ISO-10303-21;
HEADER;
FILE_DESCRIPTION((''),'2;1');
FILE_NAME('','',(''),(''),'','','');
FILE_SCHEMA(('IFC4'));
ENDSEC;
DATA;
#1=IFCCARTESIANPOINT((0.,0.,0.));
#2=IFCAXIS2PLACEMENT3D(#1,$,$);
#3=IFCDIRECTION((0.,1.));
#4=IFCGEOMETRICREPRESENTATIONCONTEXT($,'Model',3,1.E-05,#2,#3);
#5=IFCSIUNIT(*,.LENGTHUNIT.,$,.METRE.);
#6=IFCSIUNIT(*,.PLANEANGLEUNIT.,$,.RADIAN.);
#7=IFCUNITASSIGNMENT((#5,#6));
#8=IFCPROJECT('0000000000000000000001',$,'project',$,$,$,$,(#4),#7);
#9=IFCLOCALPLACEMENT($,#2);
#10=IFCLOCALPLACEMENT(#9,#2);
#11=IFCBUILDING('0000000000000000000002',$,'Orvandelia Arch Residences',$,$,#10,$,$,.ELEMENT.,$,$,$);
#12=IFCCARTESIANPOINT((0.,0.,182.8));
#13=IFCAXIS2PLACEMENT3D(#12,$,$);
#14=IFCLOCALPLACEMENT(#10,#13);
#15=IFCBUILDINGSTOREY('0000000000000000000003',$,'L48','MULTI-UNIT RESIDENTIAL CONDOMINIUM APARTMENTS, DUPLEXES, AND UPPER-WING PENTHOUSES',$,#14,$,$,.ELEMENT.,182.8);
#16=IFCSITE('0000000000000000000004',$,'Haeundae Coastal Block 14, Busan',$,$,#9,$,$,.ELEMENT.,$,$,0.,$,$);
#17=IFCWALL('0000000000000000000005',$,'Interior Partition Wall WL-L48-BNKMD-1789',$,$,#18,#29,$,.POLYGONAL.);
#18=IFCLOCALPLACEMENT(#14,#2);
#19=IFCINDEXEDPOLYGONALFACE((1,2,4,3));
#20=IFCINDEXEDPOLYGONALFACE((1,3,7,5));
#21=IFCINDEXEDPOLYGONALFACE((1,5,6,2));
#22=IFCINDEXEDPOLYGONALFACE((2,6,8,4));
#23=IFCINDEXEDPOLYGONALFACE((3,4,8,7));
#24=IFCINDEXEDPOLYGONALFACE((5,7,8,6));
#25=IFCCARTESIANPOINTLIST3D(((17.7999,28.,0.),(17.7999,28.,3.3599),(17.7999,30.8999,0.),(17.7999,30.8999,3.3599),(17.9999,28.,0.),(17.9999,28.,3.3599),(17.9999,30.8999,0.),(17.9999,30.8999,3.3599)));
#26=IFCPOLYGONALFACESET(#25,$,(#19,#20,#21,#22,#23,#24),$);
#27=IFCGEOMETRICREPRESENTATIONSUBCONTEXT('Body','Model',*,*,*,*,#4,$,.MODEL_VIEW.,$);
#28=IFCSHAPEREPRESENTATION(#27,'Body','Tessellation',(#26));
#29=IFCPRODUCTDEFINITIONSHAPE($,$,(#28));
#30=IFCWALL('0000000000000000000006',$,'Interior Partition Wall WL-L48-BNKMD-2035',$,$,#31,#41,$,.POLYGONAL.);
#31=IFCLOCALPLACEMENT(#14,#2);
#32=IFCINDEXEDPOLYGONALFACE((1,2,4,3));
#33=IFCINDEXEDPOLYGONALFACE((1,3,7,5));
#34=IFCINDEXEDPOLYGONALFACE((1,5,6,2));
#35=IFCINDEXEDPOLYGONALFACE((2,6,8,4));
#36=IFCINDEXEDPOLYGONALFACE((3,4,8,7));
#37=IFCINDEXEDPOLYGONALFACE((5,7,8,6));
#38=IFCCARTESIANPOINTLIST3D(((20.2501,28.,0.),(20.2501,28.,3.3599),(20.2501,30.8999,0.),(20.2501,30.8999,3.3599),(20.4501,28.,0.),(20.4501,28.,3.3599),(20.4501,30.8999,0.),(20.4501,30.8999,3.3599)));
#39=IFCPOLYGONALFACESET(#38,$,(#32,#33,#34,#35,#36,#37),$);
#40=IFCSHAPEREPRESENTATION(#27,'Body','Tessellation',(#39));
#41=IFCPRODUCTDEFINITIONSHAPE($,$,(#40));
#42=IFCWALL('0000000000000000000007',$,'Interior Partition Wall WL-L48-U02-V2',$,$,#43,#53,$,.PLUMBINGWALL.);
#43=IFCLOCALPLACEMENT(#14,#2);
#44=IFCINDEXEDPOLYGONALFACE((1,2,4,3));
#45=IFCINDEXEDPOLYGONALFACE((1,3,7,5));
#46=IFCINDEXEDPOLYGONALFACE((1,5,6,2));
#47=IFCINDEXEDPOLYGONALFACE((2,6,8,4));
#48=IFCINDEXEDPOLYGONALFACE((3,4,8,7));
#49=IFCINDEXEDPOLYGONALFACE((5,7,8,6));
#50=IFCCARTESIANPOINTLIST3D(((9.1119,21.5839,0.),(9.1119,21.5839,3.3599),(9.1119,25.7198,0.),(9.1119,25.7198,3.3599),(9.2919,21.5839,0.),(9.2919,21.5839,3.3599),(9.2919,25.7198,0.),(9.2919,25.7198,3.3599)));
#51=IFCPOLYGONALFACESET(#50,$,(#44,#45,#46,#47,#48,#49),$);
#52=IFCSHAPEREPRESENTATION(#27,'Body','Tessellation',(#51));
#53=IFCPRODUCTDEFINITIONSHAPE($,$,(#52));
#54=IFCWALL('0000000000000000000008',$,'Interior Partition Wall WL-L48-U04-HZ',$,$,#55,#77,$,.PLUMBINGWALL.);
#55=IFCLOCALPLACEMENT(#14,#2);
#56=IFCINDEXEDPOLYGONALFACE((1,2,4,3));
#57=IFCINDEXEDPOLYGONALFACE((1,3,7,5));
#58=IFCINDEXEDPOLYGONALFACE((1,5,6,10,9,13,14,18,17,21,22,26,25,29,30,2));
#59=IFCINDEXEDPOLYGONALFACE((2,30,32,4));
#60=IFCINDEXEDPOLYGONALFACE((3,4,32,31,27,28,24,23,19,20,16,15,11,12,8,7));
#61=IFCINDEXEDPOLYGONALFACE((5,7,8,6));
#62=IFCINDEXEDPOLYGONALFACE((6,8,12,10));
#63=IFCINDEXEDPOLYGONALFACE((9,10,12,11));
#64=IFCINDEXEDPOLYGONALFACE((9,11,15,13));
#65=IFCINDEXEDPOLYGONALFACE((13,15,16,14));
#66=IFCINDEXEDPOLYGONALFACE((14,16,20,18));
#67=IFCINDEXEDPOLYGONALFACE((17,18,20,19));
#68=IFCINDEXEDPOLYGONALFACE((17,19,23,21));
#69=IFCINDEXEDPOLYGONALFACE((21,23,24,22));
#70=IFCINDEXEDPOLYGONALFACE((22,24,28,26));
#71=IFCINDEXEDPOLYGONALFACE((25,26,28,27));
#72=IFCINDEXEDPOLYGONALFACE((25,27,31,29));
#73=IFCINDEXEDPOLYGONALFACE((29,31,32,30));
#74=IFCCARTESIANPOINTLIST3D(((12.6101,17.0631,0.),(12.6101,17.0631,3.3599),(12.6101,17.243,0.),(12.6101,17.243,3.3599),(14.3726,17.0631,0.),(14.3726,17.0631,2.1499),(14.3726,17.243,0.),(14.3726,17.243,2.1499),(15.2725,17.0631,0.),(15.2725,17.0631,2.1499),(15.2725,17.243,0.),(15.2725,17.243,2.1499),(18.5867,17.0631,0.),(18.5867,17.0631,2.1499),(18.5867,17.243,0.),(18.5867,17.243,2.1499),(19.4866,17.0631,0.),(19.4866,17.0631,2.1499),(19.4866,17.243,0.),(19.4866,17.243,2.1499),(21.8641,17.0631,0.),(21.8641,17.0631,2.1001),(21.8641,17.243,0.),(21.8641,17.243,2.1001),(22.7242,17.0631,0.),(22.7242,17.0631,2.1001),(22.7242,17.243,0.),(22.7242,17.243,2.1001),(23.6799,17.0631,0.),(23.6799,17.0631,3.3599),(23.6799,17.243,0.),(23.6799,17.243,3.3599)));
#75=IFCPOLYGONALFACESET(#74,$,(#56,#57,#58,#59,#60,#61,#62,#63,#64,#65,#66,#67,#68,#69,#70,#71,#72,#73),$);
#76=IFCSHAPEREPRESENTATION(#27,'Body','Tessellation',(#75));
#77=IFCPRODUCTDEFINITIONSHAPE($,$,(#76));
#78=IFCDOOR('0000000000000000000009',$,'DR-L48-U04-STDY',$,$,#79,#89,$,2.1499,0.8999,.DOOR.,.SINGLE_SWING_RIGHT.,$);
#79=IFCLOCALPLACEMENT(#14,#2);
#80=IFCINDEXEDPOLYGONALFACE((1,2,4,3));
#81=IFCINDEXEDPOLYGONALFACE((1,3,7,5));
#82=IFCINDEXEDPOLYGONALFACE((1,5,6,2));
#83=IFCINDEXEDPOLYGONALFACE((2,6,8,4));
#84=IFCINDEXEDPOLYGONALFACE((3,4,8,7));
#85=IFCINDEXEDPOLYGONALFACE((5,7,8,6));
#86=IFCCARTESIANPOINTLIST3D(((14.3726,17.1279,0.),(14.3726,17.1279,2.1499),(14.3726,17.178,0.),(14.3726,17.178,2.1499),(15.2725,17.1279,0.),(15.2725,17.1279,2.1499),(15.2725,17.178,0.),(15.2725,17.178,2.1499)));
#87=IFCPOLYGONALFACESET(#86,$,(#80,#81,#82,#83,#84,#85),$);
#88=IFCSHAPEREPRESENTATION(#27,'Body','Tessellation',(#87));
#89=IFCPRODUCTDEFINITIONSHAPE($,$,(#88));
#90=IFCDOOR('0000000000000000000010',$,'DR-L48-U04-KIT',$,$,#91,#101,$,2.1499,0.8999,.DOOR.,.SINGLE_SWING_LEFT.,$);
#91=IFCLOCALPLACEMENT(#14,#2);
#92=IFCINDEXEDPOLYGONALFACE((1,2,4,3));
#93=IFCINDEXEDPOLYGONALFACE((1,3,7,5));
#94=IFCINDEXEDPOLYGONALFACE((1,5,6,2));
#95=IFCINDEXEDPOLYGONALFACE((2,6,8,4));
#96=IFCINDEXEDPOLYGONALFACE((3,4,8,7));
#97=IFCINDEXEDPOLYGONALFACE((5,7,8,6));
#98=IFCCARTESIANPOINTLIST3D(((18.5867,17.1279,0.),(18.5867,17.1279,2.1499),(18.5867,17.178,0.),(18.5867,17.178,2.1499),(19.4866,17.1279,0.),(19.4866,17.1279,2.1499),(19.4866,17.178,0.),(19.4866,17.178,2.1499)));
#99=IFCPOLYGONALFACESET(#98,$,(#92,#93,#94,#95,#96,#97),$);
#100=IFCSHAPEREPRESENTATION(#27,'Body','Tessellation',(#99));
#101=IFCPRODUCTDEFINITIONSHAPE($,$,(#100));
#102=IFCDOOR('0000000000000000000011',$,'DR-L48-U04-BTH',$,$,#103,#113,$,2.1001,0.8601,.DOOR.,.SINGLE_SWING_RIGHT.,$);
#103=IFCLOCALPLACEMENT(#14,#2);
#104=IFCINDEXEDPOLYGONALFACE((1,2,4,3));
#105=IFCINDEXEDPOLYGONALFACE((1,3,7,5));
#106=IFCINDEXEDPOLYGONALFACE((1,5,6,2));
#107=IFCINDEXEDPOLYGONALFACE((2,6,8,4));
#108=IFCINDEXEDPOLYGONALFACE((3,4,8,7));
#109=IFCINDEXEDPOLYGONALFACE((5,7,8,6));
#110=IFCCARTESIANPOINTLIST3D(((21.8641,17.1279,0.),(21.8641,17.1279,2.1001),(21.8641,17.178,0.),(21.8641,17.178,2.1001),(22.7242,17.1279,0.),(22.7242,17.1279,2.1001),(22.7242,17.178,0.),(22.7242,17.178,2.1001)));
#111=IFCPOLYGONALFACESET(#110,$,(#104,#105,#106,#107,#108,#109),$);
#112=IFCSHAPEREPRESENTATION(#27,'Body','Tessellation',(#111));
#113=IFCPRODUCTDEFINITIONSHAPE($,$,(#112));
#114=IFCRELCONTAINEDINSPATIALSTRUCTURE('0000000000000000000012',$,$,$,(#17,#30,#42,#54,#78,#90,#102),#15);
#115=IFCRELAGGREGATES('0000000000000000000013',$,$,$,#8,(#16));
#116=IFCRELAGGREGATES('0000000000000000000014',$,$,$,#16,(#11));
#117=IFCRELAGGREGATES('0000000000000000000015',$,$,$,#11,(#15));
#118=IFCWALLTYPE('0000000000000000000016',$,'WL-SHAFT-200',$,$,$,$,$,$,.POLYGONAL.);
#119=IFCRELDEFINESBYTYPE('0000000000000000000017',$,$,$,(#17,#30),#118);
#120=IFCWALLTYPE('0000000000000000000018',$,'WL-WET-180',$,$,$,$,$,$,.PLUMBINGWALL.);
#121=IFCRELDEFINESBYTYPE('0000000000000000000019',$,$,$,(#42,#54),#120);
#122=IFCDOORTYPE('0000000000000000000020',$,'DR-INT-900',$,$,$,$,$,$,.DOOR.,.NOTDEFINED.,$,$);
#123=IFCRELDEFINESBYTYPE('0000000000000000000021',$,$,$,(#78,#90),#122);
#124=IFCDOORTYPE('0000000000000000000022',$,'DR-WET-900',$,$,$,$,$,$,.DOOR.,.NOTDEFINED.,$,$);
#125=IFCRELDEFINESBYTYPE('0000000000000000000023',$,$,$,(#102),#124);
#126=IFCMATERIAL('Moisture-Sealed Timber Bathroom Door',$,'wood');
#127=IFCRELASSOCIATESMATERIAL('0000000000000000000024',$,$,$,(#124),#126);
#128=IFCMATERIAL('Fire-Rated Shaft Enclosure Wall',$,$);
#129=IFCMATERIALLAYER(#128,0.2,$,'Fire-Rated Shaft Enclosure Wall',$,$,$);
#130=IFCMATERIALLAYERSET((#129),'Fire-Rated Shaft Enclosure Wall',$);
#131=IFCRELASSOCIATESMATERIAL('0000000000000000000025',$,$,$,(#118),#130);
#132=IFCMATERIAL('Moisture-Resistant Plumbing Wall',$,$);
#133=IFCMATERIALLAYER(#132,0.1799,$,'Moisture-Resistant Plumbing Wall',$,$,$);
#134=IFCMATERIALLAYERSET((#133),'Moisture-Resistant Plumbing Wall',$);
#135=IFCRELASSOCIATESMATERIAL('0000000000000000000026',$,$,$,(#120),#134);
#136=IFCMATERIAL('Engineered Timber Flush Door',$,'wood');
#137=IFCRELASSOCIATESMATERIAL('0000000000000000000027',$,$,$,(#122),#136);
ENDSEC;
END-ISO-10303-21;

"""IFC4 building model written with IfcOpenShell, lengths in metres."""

from ifc_helpers import new_model, si_unit, direction, frame, frame_2d, origin, place, context, subcontext, project, spatial, rectangle, extrude, material, layer, layer_set, type_object, element, fill, save


model = new_model("IFC4")

# Units and contexts
model_context = context("Model", 3, precision=1e-05, world=origin(), true_north=direction((0.0, 1.0)))
body_context = subcontext(model_context, "Body", "Model", "MODEL_VIEW")
ifc_project = project(units=[si_unit("LENGTHUNIT", "METRE"), si_unit("PLANEANGLEUNIT", "RADIAN")], contexts=[model_context])

# Site, building, storey
site_placement = place(None, origin())
site = spatial("IfcSite", under=ifc_project, at=site_placement, Name="Haeundae Coastal Block 14, Busan", CompositionType="ELEMENT", RefElevation=0.0)
building_placement = place(site_placement, origin())
building = spatial("IfcBuilding", under=site, at=building_placement, Name="Orvandelia Arch Residences", CompositionType="ELEMENT")
storey_placement = place(building_placement, frame((0.0, 0.0, 182.8)))
storey = spatial("IfcBuildingStorey", under=building, at=storey_placement, Name="L48", Description="MULTI-UNIT RESIDENTIAL CONDOMINIUM APARTMENTS, DUPLEXES, AND UPPER-WING PENTHOUSES", CompositionType="ELEMENT", Elevation=182.8)

# Shared definitions
ifc_material_1 = material(Name="Moisture-Sealed Timber Bathroom Door", Category="wood")
door_type_1 = type_object("IfcDoorType", Name="DR-WET-900", OperationType="NOTDEFINED", PredefinedType="DOOR", material=ifc_material_1)
ifc_material_2 = material(Name="Fire-Rated Shaft Enclosure Wall")
ifc_layer_1 = layer(ifc_material_2, 0.2, Name="Fire-Rated Shaft Enclosure Wall")
ifc_layer_set_1 = layer_set([ifc_layer_1], Name="Fire-Rated Shaft Enclosure Wall")
wall_type_1 = type_object("IfcWallType", Name="WL-SHAFT-200", PredefinedType="POLYGONAL", material=ifc_layer_set_1)

# Walls
for number, where, z_axis, x_axis, name in (
    (1, (17.8999, 28.0, 0.0), (0.0, 0.0, 1.0), (0.0, 1.0, 0.0), "Interior Partition Wall WL-L48-BNKMD-1789"),
    (2, (20.3501, 28.0, 0.0), (0.0, 0.0, 1.0), (0.0, 1.0, 0.0), "Interior Partition Wall WL-L48-BNKMD-2035"),
):
    element("IfcWall", number, at=place(storey_placement, frame(where, z_axis=z_axis, x_axis=x_axis)), inside=storey, type_object=wall_type_1, Name=name, PredefinedType="POLYGONAL", context=body_context, shape_type="SweptSolid", body=[
        extrude(rectangle(XDim=2.8999, YDim=0.2, at=frame_2d((1.45, 0.0))), origin(), (0.0, 0.0, 1.0), 3.3599),
    ])
ifc_material_3 = material(Name="Moisture-Resistant Plumbing Wall")
ifc_layer_2 = layer(ifc_material_3, 0.1799, Name="Moisture-Resistant Plumbing Wall")
ifc_layer_set_2 = layer_set([ifc_layer_2], Name="Moisture-Resistant Plumbing Wall")
wall_type_2 = type_object("IfcWallType", Name="WL-WET-180", PredefinedType="PLUMBINGWALL", material=ifc_layer_set_2)
wall_1_placement = place(storey_placement, frame((9.2019, 21.584, 0.0), z_axis=(0.0, 0.0, 1.0), x_axis=(0.0, 1.0, 0.0)))
element("IfcWall", 3, at=wall_1_placement, inside=storey, type_object=wall_type_2, Name="Interior Partition Wall WL-L48-U02-V2", PredefinedType="PLUMBINGWALL", context=body_context, shape_type="SweptSolid", body=[
    extrude(rectangle(XDim=4.136, YDim=0.1799, at=frame_2d((2.0679, 0.0))), origin(), (0.0, 0.0, 1.0), 3.3599),
])

# Wall, openings, doors
wall_2_placement = place(storey_placement, frame((12.6101, 17.1531, 0.0), z_axis=(0.0, 0.0, 1.0), x_axis=(1.0, 0.0, 0.0)))
wall_2 = element("IfcWall", 4, at=wall_2_placement, inside=storey, type_object=wall_type_2, Name="Interior Partition Wall WL-L48-U04-HZ", PredefinedType="PLUMBINGWALL", context=body_context, shape_type="SweptSolid", body=[
    extrude(rectangle(XDim=11.0698, YDim=0.1799, at=frame_2d((5.5349, 0.0))), origin(), (0.0, 0.0, 1.0), 3.3599),
])
opening_1_placement = place(wall_2_placement, frame((1.7625, 0.0, 0.0)))
opening_1 = element("IfcOpeningElement", 5, at=opening_1_placement, cuts=wall_2, PredefinedType="OPENING", context=body_context, shape_type="SweptSolid", body=[
    extrude(rectangle(XDim=0.8999, YDim=2.1499, at=frame_2d((0.45, 1.075))), frame((0.0, 0.1001, 0.0), z_axis=(0.0, -1.0, 0.0), x_axis=(1.0, 0.0, 0.0)), (0.0, 0.0, 1.0), 0.2),
])
opening_2_placement = place(wall_2_placement, frame((5.9766, 0.0, 0.0)))
opening_2 = element("IfcOpeningElement", 6, at=opening_2_placement, cuts=wall_2, PredefinedType="OPENING", context=body_context, shape_type="SweptSolid", body=[
    extrude(rectangle(XDim=0.8999, YDim=2.1499, at=frame_2d((0.45, 1.075))), frame((0.0, 0.1001, 0.0), z_axis=(0.0, -1.0, 0.0), x_axis=(1.0, 0.0, 0.0)), (0.0, 0.0, 1.0), 0.2),
])
opening_3_placement = place(wall_2_placement, frame((9.2539, 0.0, 0.0)))
opening_3 = element("IfcOpeningElement", 7, at=opening_3_placement, cuts=wall_2, PredefinedType="OPENING", context=body_context, shape_type="SweptSolid", body=[
    extrude(rectangle(XDim=0.8601, YDim=2.1001, at=frame_2d((0.4302, 1.05))), frame((0.0, 0.1001, 0.0), z_axis=(0.0, -1.0, 0.0), x_axis=(1.0, 0.0, 0.0)), (0.0, 0.0, 1.0), 0.2),
])
ifc_material_4 = material(Name="Engineered Timber Flush Door", Category="wood")
door_type_2 = type_object("IfcDoorType", Name="DR-INT-900", OperationType="NOTDEFINED", PredefinedType="DOOR", material=ifc_material_4)
door_1_placement = place(opening_1_placement, origin())
door_1 = element("IfcDoor", 8, at=door_1_placement, inside=storey, type_object=door_type_2, Name="DR-L48-U04-STDY", OperationType="SINGLE_SWING_RIGHT", OverallHeight=2.1499, OverallWidth=0.8999, PredefinedType="DOOR", context=body_context, shape_type="SweptSolid", body=[
    extrude(rectangle(XDim=0.8999, YDim=2.1499, at=frame_2d((0.45, 1.075))), frame((0.0, 0.0249, 0.0), z_axis=(0.0, -1.0, 0.0), x_axis=(1.0, 0.0, 0.0)), (0.0, 0.0, 1.0), 0.05),
])
fill(opening_1, door_1)
door_2_placement = place(opening_2_placement, origin())
door_2 = element("IfcDoor", 9, at=door_2_placement, inside=storey, type_object=door_type_2, Name="DR-L48-U04-KIT", OperationType="SINGLE_SWING_LEFT", OverallHeight=2.1499, OverallWidth=0.8999, PredefinedType="DOOR", context=body_context, shape_type="SweptSolid", body=[
    extrude(rectangle(XDim=0.8999, YDim=2.1499, at=frame_2d((0.45, 1.075))), frame((0.0, 0.0249, 0.0), z_axis=(0.0, -1.0, 0.0), x_axis=(1.0, 0.0, 0.0)), (0.0, 0.0, 1.0), 0.05),
])
fill(opening_2, door_2)
door_3_placement = place(opening_3_placement, origin())
door_3 = element("IfcDoor", 10, at=door_3_placement, inside=storey, type_object=door_type_1, Name="DR-L48-U04-BTH", OperationType="SINGLE_SWING_RIGHT", OverallHeight=2.1001, OverallWidth=0.8601, PredefinedType="DOOR", context=body_context, shape_type="SweptSolid", body=[
    extrude(rectangle(XDim=0.8601, YDim=2.1001, at=frame_2d((0.4302, 1.05))), frame((0.0, 0.0249, 0.0), z_axis=(0.0, -1.0, 0.0), x_axis=(1.0, 0.0, 0.0)), (0.0, 0.0, 1.0), 0.05),
])
fill(opening_3, door_3)

save(model, "model.ifc")
